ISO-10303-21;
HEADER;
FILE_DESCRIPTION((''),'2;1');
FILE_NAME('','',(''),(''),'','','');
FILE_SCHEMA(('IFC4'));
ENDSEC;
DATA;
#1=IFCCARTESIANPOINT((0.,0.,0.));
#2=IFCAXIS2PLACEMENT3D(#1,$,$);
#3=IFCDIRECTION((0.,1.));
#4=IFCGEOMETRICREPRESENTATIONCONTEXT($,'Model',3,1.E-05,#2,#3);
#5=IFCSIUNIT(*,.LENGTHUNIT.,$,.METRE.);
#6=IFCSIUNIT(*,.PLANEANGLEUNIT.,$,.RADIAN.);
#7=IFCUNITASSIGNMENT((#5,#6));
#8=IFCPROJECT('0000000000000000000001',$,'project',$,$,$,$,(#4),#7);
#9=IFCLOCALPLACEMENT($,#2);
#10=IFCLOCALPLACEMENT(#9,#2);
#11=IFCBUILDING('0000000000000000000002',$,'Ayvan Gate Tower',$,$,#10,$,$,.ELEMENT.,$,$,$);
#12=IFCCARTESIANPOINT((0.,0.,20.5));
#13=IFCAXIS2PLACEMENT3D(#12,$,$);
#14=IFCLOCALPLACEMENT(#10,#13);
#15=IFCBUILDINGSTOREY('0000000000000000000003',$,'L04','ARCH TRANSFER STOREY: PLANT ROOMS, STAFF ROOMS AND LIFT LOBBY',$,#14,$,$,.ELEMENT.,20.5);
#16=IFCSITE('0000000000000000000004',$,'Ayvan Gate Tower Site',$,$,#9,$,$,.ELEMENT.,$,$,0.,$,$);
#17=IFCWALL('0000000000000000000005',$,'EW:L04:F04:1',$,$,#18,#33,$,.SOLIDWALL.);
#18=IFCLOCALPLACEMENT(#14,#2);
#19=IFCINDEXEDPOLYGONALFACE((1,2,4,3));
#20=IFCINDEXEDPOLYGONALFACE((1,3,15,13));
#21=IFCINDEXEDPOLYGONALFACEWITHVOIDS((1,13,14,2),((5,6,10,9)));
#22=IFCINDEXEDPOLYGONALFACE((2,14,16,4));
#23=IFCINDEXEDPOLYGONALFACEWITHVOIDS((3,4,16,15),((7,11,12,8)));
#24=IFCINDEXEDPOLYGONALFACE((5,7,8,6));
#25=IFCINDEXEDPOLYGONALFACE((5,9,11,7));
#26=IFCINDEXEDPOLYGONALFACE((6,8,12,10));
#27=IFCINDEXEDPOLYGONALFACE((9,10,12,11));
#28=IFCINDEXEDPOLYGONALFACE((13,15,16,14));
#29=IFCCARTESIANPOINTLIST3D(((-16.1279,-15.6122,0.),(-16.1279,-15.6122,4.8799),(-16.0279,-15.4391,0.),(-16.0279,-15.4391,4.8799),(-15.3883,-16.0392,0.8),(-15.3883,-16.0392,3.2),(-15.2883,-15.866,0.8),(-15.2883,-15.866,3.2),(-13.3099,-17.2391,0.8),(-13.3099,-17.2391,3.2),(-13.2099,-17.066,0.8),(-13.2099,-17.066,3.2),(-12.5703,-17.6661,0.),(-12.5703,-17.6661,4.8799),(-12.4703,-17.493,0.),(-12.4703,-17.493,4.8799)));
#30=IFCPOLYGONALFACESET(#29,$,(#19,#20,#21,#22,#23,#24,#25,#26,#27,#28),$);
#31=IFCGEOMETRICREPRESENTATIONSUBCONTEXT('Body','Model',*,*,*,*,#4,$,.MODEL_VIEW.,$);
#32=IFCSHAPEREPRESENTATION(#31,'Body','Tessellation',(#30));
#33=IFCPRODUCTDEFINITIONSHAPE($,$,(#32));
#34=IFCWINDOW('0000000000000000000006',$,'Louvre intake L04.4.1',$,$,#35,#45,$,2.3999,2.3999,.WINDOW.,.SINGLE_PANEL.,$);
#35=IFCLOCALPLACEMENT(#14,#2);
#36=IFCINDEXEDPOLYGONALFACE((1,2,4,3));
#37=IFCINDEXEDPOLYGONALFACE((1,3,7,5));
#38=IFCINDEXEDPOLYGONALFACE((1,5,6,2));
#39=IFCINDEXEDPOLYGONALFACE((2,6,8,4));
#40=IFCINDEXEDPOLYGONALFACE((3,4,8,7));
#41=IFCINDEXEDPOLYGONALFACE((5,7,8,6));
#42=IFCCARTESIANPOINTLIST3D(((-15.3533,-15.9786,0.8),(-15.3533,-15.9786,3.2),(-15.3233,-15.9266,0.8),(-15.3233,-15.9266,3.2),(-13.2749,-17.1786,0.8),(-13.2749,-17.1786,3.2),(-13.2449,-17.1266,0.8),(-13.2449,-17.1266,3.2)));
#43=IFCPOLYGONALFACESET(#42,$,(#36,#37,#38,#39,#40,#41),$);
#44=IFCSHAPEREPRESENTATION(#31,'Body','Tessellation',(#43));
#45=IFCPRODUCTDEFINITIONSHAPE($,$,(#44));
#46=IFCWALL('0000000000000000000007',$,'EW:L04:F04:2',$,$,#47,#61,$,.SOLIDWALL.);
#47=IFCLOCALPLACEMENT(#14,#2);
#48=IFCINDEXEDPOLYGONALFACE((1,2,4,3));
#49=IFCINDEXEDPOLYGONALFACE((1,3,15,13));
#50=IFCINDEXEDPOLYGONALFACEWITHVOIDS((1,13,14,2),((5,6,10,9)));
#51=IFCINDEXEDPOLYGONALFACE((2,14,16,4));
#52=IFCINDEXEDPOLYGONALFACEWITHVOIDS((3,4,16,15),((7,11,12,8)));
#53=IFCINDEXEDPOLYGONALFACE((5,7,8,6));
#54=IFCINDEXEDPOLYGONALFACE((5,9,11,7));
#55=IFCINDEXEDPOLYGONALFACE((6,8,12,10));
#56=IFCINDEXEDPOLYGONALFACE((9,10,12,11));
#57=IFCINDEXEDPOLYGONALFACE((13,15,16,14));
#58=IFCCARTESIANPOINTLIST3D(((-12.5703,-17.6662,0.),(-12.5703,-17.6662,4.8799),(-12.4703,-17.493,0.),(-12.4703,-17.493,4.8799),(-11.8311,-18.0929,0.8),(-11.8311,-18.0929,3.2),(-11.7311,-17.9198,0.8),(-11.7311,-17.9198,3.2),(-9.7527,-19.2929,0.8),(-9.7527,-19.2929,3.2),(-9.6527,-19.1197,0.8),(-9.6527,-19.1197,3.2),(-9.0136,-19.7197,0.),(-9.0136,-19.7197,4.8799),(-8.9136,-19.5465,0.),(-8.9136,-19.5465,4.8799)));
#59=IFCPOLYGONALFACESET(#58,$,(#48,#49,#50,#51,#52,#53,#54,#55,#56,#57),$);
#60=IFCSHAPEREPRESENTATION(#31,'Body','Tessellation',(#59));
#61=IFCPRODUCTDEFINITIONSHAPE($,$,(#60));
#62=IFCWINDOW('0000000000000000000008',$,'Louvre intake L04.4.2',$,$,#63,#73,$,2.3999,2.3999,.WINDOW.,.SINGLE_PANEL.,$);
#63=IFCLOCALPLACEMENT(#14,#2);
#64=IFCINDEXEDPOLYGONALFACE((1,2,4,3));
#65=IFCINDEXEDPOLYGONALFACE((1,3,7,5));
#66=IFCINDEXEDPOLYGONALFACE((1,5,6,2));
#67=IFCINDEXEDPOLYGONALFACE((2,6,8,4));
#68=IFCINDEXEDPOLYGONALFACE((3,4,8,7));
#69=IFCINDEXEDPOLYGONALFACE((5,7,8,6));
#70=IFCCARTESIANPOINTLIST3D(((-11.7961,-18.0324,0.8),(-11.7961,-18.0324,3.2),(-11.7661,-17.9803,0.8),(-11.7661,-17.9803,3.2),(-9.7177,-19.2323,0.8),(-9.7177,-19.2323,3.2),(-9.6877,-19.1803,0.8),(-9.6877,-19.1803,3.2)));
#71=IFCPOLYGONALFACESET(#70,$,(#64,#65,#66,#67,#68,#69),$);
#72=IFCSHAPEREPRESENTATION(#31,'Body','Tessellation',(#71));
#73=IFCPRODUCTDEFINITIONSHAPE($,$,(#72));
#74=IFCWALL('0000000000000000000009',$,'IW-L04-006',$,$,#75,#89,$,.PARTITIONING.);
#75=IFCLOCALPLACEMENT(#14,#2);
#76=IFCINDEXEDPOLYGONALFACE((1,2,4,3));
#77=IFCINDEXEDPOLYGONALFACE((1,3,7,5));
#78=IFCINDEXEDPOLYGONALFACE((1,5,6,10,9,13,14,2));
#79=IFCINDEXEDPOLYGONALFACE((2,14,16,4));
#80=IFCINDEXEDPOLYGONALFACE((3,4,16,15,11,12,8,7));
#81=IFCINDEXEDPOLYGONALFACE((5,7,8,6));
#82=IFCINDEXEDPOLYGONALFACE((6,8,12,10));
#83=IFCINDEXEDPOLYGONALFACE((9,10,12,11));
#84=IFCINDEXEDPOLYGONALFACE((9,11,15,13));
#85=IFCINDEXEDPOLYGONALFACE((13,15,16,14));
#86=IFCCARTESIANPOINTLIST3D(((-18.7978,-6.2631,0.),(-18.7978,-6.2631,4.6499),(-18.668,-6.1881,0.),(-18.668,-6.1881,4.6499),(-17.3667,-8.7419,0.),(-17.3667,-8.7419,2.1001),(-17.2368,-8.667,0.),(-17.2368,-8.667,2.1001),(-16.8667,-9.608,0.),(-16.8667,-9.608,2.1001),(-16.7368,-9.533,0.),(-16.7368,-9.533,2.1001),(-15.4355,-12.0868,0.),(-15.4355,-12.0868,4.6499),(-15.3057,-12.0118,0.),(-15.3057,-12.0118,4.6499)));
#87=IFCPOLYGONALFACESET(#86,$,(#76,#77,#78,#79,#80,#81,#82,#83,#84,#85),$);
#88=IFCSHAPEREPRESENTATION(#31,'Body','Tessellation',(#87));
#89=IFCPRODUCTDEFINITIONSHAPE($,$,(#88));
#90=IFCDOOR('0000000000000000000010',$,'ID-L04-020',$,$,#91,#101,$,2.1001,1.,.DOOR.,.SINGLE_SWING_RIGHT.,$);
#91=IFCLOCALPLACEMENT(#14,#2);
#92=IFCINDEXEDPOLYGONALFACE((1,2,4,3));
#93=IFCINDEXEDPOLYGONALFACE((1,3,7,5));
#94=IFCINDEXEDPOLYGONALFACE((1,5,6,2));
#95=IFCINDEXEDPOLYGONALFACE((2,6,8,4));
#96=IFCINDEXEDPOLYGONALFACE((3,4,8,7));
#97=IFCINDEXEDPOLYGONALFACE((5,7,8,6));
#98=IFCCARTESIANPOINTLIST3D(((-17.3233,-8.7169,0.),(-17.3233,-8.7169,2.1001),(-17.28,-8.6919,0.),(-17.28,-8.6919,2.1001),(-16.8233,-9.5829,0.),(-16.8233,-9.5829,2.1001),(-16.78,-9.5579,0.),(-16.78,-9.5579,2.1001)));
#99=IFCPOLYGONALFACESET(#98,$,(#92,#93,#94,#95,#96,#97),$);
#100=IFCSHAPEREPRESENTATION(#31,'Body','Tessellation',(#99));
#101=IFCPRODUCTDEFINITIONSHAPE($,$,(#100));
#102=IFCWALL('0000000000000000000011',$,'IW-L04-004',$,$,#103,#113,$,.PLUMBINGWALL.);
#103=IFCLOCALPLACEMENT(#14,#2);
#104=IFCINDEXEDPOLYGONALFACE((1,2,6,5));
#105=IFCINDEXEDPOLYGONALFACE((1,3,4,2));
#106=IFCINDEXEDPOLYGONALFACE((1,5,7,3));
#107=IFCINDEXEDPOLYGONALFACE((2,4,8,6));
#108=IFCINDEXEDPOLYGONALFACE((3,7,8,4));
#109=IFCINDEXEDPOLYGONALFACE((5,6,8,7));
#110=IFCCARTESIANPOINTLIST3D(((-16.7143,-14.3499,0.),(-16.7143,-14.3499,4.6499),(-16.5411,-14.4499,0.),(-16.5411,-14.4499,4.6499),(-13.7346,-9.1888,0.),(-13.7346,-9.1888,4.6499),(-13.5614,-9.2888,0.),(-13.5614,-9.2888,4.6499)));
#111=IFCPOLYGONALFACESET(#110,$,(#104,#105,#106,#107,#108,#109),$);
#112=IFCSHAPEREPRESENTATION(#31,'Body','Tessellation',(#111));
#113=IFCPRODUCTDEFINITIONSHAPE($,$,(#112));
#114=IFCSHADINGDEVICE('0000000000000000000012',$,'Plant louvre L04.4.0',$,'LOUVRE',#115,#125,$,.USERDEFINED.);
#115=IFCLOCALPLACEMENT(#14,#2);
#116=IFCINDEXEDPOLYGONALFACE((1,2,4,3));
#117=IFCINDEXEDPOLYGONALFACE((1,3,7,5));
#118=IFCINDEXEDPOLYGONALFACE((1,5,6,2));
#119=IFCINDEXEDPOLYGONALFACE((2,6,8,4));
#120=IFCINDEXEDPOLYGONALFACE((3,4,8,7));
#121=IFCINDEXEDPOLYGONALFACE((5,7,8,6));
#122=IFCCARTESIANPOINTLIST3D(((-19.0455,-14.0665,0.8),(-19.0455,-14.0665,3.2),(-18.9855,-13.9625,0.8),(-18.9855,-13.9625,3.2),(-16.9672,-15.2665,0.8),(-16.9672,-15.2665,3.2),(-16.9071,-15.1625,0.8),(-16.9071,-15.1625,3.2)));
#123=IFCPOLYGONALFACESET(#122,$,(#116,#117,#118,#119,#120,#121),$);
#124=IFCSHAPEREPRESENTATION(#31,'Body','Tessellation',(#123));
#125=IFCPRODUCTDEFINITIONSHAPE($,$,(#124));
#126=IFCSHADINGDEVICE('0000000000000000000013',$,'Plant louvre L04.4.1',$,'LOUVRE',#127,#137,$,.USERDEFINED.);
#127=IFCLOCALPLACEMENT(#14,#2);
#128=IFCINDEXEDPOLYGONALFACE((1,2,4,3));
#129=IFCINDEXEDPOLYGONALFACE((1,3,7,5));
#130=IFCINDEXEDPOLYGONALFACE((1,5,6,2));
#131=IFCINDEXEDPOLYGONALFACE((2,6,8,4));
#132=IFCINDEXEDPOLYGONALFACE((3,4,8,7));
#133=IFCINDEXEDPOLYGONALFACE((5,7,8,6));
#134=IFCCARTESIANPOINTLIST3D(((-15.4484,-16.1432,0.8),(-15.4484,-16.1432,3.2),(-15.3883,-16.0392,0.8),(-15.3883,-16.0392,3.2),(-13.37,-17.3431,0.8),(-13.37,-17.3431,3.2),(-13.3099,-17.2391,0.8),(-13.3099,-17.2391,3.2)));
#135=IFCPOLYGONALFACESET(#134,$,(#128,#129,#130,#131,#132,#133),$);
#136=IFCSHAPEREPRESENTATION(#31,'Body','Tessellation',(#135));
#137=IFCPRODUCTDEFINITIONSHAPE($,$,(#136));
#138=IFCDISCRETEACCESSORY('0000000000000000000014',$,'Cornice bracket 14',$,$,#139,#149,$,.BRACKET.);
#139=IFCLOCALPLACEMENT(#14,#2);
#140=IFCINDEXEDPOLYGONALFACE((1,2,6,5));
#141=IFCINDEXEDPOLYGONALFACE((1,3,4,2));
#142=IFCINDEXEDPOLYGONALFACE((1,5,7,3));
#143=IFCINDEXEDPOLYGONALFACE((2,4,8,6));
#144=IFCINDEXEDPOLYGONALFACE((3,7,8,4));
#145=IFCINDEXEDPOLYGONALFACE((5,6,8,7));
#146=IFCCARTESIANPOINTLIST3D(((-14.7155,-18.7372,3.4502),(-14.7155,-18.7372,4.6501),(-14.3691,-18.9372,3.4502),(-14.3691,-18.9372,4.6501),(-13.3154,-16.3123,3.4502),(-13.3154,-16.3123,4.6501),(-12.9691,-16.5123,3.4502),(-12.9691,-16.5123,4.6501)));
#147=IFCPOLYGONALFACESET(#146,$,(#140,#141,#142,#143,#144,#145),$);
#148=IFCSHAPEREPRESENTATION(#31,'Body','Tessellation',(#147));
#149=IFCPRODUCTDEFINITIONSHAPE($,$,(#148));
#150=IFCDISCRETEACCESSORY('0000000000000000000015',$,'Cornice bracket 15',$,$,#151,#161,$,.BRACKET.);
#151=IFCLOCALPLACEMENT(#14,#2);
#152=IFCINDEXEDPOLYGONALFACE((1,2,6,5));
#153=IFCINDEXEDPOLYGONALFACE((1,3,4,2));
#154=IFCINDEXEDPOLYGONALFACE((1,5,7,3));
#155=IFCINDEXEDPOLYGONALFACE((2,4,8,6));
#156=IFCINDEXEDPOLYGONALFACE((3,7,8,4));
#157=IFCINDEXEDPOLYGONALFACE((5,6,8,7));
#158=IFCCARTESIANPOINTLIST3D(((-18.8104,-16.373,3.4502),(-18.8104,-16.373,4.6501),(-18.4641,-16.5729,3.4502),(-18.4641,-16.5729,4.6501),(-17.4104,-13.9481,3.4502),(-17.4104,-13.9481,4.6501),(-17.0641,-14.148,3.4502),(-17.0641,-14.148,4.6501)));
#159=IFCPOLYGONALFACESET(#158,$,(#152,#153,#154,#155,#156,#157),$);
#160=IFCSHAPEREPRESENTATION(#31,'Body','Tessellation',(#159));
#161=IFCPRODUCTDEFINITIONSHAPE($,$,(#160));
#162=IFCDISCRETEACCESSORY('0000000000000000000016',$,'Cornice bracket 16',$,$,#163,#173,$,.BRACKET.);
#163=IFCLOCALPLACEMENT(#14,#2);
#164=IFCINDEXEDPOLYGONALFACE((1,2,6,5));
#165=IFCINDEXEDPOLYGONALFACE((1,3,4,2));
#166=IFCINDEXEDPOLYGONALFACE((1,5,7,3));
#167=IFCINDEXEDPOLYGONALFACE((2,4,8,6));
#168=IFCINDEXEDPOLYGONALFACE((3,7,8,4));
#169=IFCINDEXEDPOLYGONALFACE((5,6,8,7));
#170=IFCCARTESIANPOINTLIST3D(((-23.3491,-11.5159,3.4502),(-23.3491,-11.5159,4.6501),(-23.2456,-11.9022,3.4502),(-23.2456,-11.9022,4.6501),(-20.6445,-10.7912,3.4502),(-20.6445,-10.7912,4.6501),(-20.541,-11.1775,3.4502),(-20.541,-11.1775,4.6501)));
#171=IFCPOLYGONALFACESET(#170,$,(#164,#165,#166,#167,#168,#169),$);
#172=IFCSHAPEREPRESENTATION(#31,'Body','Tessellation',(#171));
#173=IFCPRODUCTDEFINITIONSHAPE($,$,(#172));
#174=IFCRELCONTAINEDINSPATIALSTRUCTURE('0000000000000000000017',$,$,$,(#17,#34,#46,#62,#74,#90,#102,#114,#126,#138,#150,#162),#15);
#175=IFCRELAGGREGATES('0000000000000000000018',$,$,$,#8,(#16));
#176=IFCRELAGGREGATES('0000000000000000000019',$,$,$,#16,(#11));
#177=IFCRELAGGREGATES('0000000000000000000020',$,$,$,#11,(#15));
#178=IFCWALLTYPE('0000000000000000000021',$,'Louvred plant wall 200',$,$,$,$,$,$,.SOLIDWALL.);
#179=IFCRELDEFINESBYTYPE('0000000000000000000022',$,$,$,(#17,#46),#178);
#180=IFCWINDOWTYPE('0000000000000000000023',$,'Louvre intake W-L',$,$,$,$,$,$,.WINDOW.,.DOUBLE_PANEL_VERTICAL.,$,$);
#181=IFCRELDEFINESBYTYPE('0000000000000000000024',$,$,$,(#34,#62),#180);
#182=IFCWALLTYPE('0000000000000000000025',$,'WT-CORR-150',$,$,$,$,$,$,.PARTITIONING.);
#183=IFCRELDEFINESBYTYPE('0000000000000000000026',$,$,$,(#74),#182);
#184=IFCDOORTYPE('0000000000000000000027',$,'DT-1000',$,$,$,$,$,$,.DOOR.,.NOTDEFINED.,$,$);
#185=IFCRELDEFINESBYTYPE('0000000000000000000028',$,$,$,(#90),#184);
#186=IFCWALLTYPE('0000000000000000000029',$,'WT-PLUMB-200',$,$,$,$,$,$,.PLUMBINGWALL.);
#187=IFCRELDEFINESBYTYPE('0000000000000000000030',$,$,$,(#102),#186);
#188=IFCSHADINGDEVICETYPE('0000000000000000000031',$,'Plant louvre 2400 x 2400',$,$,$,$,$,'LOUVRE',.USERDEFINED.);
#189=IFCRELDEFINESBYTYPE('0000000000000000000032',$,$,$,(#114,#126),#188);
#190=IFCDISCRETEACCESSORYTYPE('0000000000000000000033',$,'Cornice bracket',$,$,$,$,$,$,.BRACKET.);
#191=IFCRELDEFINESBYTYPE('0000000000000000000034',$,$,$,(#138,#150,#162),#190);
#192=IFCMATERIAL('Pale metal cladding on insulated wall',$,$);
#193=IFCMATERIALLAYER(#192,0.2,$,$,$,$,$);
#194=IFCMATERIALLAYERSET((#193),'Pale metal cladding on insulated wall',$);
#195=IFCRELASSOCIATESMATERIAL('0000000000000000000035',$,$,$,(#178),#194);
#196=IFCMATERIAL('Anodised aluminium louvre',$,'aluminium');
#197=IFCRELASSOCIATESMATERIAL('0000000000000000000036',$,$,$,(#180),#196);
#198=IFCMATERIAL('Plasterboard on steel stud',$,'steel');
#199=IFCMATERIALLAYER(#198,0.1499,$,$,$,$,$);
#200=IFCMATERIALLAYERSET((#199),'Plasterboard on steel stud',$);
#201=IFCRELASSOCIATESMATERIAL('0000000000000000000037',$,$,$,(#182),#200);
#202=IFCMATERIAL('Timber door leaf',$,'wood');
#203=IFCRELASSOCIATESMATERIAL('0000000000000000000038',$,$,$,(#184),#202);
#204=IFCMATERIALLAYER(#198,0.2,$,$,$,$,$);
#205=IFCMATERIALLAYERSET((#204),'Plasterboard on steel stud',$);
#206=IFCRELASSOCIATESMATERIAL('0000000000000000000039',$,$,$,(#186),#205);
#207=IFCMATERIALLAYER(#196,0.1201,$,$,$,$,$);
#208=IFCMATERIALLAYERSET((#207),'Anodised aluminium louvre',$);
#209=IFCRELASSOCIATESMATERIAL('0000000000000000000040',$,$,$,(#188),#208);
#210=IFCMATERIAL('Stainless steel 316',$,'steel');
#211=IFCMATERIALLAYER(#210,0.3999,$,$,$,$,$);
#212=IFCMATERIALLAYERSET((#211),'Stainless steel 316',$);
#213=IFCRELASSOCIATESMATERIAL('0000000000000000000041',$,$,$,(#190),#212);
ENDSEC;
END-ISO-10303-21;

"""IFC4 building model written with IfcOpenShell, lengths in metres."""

from ifc_helpers import new_model, si_unit, direction, frame, frame_2d, origin, origin_2d, place, context, subcontext, project, spatial, rectangle, extrude, material, layer, layer_set, type_object, element, fill, save


model = new_model("IFC4")

# Units and contexts
model_context = context("Model", 3, precision=1e-05, world=origin(), true_north=direction((0.0, 1.0)))
body_context = subcontext(model_context, "Body", "Model", "MODEL_VIEW")
ifc_project = project(units=[si_unit("LENGTHUNIT", "METRE"), si_unit("PLANEANGLEUNIT", "RADIAN")], contexts=[model_context])

# Site, building, storey
site_placement = place(None, origin())
site = spatial("IfcSite", under=ifc_project, at=site_placement, Name="Ayvan Gate Tower Site", CompositionType="ELEMENT", RefElevation=0.0)
building_placement = place(site_placement, origin())
building = spatial("IfcBuilding", under=site, at=building_placement, Name="Ayvan Gate Tower", CompositionType="ELEMENT")
storey_placement = place(building_placement, frame((0.0, 0.0, 20.5)))
storey = spatial("IfcBuildingStorey", under=building, at=storey_placement, Name="L04", Description="ARCH TRANSFER STOREY: PLANT ROOMS, STAFF ROOMS AND LIFT LOBBY", CompositionType="ELEMENT", Elevation=20.5)

# Shared definitions
ifc_material_1 = material(Name="Pale metal cladding on insulated wall")
ifc_layer_1 = layer(ifc_material_1, 0.2)
ifc_layer_set_1 = layer_set([ifc_layer_1], Name="Pale metal cladding on insulated wall")
wall_type_1 = type_object("IfcWallType", Name="Louvred plant wall 200", PredefinedType="SOLIDWALL", material=ifc_layer_set_1)

# Walls, openings, windows
ifc_material_2 = material(Name="Anodised aluminium louvre", Category="aluminium")
window_type = type_object("IfcWindowType", Name="Louvre intake W-L", PartitioningType="DOUBLE_PANEL_VERTICAL", PredefinedType="WINDOW", material=ifc_material_2)
wall_1_placement = place(storey_placement, frame((-16.0779, -15.5256, 0.0), z_axis=(0.0, 0.0, 1.0), x_axis=(0.866029, -0.499993, 0.0)))
wall_1 = element("IfcWall", 1, at=wall_1_placement, inside=storey, type_object=wall_type_1, Name="EW:L04:F04:1", PredefinedType="SOLIDWALL", context=body_context, shape_type="SweptSolid", body=[
    extrude(rectangle(XDim=4.1079, YDim=0.2, at=frame_2d((2.054, 0.0))), origin(), (0.0, 0.0, 1.0), 4.8799),
])
opening_1_placement = place(wall_1_placement, frame((0.854, 0.0, 0.8)))
opening_1 = element("IfcOpeningElement", 2, at=opening_1_placement, cuts=wall_1, PredefinedType="OPENING", context=body_context, shape_type="SweptSolid", body=[
    extrude(rectangle(XDim=2.3999, YDim=2.3999, at=frame_2d((1.2, 1.2))), frame((0.0, 0.1099, 0.0), z_axis=(0.0, -1.0, 0.0), x_axis=(1.0, 0.0, 0.0)), (0.0, 0.0, 1.0), 0.22),
])
window_1_placement = place(opening_1_placement, origin())
window_1 = element("IfcWindow", 3, at=window_1_placement, inside=storey, type_object=window_type, Name="Louvre intake L04.4.1", OverallHeight=2.3999, OverallWidth=2.3999, PartitioningType="SINGLE_PANEL", PredefinedType="WINDOW", context=body_context, shape_type="SweptSolid", body=[
    extrude(rectangle(XDim=2.3999, YDim=2.3999, at=frame_2d((1.2, 1.2))), frame((0.0, 0.03, 0.0), z_axis=(0.0, -1.0, 0.0), x_axis=(1.0, 0.0, 0.0)), (0.0, 0.0, 1.0), 0.0601),
])
fill(opening_1, window_1)
wall_2_placement = place(storey_placement, frame((-12.5203, -17.5796, 0.0), z_axis=(0.0, 0.0, 1.0), x_axis=(0.866021, -0.500007, 0.0)))
wall_2 = element("IfcWall", 4, at=wall_2_placement, inside=storey, type_object=wall_type_1, Name="EW:L04:F04:2", PredefinedType="SOLIDWALL", context=body_context, shape_type="SweptSolid", body=[
    extrude(rectangle(XDim=4.1069, YDim=0.2, at=frame_2d((2.0535, 0.0))), origin(), (0.0, 0.0, 1.0), 4.8799),
])
opening_2_placement = place(wall_2_placement, frame((0.8535, 0.0, 0.8)))
opening_2 = element("IfcOpeningElement", 5, at=opening_2_placement, cuts=wall_2, PredefinedType="OPENING", context=body_context, shape_type="SweptSolid", body=[
    extrude(rectangle(XDim=2.3999, YDim=2.3999, at=frame_2d((1.2, 1.2))), frame((0.0, 0.1099, 0.0), z_axis=(0.0, -1.0, 0.0), x_axis=(1.0, 0.0, 0.0)), (0.0, 0.0, 1.0), 0.22),
])
window_2_placement = place(opening_2_placement, origin())
window_2 = element("IfcWindow", 6, at=window_2_placement, inside=storey, type_object=window_type, Name="Louvre intake L04.4.2", OverallHeight=2.3999, OverallWidth=2.3999, PartitioningType="SINGLE_PANEL", PredefinedType="WINDOW", context=body_context, shape_type="SweptSolid", body=[
    extrude(rectangle(XDim=2.3999, YDim=2.3999, at=frame_2d((1.2, 1.2))), frame((0.0, 0.03, 0.0), z_axis=(0.0, -1.0, 0.0), x_axis=(1.0, 0.0, 0.0)), (0.0, 0.0, 1.0), 0.0601),
])
fill(opening_2, window_2)

# Wall, opening, door
ifc_material_3 = material(Name="Plasterboard on steel stud", Category="steel")
ifc_layer_2 = layer(ifc_material_3, 0.1499)
ifc_layer_set_2 = layer_set([ifc_layer_2], Name="Plasterboard on steel stud")
wall_type_2 = type_object("IfcWallType", Name="WT-CORR-150", PredefinedType="PARTITIONING", material=ifc_layer_set_2)
wall_3_placement = place(storey_placement, frame((-15.3706, -12.0493, 0.0), z_axis=(0.0, 0.0, 1.0), x_axis=(-0.499997, 0.866027, 0.0)))
wall_3 = element("IfcWall", 7, at=wall_3_placement, inside=storey, type_object=wall_type_2, Name="IW-L04-006", PredefinedType="PARTITIONING", context=body_context, shape_type="SweptSolid", body=[
    extrude(rectangle(XDim=6.7246, YDim=0.1499, at=frame_2d((3.3623, 0.0))), origin(), (0.0, 0.0, 1.0), 4.6499),
])
opening_3_placement = place(wall_3_placement, frame((2.8623, 0.0, 0.0)))
opening_3 = element("IfcOpeningElement", 8, at=opening_3_placement, cuts=wall_3, PredefinedType="OPENING", context=body_context, shape_type="SweptSolid", body=[
    extrude(rectangle(XDim=1.0, YDim=2.1001, at=frame_2d((0.5, 1.05))), frame((0.0, 0.085, 0.0), z_axis=(0.0, -1.0, 0.0), x_axis=(1.0, 0.0, 0.0)), (0.0, 0.0, 1.0), 0.1699),
])
ifc_material_4 = material(Name="Timber door leaf", Category="wood")
door_type = type_object("IfcDoorType", Name="DT-1000", OperationType="NOTDEFINED", PredefinedType="DOOR", material=ifc_material_4)
door_placement = place(opening_3_placement, origin())
door = element("IfcDoor", 9, at=door_placement, inside=storey, type_object=door_type, Name="ID-L04-020", OperationType="SINGLE_SWING_RIGHT", OverallHeight=2.1001, OverallWidth=1.0, PredefinedType="DOOR", context=body_context, shape_type="SweptSolid", body=[
    extrude(rectangle(XDim=1.0, YDim=2.1001, at=frame_2d((0.5, 1.05))), frame((0.0, 0.0249, 0.0), z_axis=(0.0, -1.0, 0.0), x_axis=(1.0, 0.0, 0.0)), (0.0, 0.0, 1.0), 0.05),
])
fill(opening_3, door)

# Wall
ifc_layer_3 = layer(ifc_material_3, 0.2)
ifc_layer_set_3 = layer_set([ifc_layer_3], Name="Plasterboard on steel stud")
wall_type_3 = type_object("IfcWallType", Name="WT-PLUMB-200", PredefinedType="PLUMBINGWALL", material=ifc_layer_set_3)
wall_4_placement = place(storey_placement, frame((-16.6277, -14.3999, 0.0), z_axis=(0.0, 0.0, 1.0), x_axis=(0.499994, 0.866029, 0.0)))
element("IfcWall", 10, at=wall_4_placement, inside=storey, type_object=wall_type_3, Name="IW-L04-004", PredefinedType="PLUMBINGWALL", context=body_context, shape_type="SweptSolid", body=[
    extrude(rectangle(XDim=5.9595, YDim=0.2, at=frame_2d((2.9797, 0.0))), origin(), (0.0, 0.0, 1.0), 4.6499),
])

# Shading devices
ifc_layer_4 = layer(ifc_material_2, 0.1201)
ifc_layer_set_4 = layer_set([ifc_layer_4], Name="Anodised aluminium louvre")
shading_device_type = type_object("IfcShadingDeviceType", Name="Plant louvre 2400 x 2400", ElementType="LOUVRE", PredefinedType="USERDEFINED", material=ifc_layer_set_4)
for number, where, z_axis, x_axis, name in (
    (11, (-17.9763, -14.6145, 0.8), (0.0, 0.0, 1.0), (0.866025, -0.5, 0.0), "Plant louvre L04.4.0"),
    (12, (-14.3792, -16.6912, 0.8), (0.0, 0.0, 1.0), (0.866025, -0.5, 0.0), "Plant louvre L04.4.1"),
):
    element("IfcShadingDevice", number, at=place(storey_placement, frame(where, z_axis=z_axis, x_axis=x_axis)), inside=storey, type_object=shading_device_type, Name=name, ObjectType="LOUVRE", PredefinedType="USERDEFINED", context=body_context, shape_type="SweptSolid", body=[
        extrude(rectangle(XDim=2.3999, YDim=0.1201, at=origin_2d()), origin(), (0.0, 0.0, 1.0), 2.3999),
    ])

# Discrete accessories
ifc_material_5 = material(Name="Stainless steel 316", Category="steel")
ifc_layer_5 = layer(ifc_material_5, 0.3999)
ifc_layer_set_5 = layer_set([ifc_layer_5], Name="Stainless steel 316")
discrete_accessory_type_1 = type_object("IfcDiscreteAccessoryType", Name="Cornice bracket", PredefinedType="BRACKET", material=ifc_layer_set_5)
for number, where, z_axis, x_axis, name in (
    (13, (-13.8423, -17.6248, 3.4502), (0.0, 0.0, 1.0), (-0.5, -0.866025, 0.0), "Cornice bracket 14"),
    (14, (-17.9373, -15.2605, 3.4502), (0.0, 0.0, 1.0), (-0.5, -0.866025, 0.0), "Cornice bracket 15"),
    (15, (-21.9451, -11.3467, 3.4502), (0.0, 0.0, 1.0), (-0.965926, -0.258819, 0.0), "Cornice bracket 16"),
):
    element("IfcDiscreteAccessory", number, at=place(storey_placement, frame(where, z_axis=z_axis, x_axis=x_axis)), inside=storey, type_object=discrete_accessory_type_1, Name=name, PredefinedType="BRACKET", context=body_context, shape_type="SweptSolid", body=[
        extrude(rectangle(XDim=2.8, YDim=0.3999, at=origin_2d()), origin(), (0.0, 0.0, 1.0), 1.2),
    ])

save(model, "model.ifc")
